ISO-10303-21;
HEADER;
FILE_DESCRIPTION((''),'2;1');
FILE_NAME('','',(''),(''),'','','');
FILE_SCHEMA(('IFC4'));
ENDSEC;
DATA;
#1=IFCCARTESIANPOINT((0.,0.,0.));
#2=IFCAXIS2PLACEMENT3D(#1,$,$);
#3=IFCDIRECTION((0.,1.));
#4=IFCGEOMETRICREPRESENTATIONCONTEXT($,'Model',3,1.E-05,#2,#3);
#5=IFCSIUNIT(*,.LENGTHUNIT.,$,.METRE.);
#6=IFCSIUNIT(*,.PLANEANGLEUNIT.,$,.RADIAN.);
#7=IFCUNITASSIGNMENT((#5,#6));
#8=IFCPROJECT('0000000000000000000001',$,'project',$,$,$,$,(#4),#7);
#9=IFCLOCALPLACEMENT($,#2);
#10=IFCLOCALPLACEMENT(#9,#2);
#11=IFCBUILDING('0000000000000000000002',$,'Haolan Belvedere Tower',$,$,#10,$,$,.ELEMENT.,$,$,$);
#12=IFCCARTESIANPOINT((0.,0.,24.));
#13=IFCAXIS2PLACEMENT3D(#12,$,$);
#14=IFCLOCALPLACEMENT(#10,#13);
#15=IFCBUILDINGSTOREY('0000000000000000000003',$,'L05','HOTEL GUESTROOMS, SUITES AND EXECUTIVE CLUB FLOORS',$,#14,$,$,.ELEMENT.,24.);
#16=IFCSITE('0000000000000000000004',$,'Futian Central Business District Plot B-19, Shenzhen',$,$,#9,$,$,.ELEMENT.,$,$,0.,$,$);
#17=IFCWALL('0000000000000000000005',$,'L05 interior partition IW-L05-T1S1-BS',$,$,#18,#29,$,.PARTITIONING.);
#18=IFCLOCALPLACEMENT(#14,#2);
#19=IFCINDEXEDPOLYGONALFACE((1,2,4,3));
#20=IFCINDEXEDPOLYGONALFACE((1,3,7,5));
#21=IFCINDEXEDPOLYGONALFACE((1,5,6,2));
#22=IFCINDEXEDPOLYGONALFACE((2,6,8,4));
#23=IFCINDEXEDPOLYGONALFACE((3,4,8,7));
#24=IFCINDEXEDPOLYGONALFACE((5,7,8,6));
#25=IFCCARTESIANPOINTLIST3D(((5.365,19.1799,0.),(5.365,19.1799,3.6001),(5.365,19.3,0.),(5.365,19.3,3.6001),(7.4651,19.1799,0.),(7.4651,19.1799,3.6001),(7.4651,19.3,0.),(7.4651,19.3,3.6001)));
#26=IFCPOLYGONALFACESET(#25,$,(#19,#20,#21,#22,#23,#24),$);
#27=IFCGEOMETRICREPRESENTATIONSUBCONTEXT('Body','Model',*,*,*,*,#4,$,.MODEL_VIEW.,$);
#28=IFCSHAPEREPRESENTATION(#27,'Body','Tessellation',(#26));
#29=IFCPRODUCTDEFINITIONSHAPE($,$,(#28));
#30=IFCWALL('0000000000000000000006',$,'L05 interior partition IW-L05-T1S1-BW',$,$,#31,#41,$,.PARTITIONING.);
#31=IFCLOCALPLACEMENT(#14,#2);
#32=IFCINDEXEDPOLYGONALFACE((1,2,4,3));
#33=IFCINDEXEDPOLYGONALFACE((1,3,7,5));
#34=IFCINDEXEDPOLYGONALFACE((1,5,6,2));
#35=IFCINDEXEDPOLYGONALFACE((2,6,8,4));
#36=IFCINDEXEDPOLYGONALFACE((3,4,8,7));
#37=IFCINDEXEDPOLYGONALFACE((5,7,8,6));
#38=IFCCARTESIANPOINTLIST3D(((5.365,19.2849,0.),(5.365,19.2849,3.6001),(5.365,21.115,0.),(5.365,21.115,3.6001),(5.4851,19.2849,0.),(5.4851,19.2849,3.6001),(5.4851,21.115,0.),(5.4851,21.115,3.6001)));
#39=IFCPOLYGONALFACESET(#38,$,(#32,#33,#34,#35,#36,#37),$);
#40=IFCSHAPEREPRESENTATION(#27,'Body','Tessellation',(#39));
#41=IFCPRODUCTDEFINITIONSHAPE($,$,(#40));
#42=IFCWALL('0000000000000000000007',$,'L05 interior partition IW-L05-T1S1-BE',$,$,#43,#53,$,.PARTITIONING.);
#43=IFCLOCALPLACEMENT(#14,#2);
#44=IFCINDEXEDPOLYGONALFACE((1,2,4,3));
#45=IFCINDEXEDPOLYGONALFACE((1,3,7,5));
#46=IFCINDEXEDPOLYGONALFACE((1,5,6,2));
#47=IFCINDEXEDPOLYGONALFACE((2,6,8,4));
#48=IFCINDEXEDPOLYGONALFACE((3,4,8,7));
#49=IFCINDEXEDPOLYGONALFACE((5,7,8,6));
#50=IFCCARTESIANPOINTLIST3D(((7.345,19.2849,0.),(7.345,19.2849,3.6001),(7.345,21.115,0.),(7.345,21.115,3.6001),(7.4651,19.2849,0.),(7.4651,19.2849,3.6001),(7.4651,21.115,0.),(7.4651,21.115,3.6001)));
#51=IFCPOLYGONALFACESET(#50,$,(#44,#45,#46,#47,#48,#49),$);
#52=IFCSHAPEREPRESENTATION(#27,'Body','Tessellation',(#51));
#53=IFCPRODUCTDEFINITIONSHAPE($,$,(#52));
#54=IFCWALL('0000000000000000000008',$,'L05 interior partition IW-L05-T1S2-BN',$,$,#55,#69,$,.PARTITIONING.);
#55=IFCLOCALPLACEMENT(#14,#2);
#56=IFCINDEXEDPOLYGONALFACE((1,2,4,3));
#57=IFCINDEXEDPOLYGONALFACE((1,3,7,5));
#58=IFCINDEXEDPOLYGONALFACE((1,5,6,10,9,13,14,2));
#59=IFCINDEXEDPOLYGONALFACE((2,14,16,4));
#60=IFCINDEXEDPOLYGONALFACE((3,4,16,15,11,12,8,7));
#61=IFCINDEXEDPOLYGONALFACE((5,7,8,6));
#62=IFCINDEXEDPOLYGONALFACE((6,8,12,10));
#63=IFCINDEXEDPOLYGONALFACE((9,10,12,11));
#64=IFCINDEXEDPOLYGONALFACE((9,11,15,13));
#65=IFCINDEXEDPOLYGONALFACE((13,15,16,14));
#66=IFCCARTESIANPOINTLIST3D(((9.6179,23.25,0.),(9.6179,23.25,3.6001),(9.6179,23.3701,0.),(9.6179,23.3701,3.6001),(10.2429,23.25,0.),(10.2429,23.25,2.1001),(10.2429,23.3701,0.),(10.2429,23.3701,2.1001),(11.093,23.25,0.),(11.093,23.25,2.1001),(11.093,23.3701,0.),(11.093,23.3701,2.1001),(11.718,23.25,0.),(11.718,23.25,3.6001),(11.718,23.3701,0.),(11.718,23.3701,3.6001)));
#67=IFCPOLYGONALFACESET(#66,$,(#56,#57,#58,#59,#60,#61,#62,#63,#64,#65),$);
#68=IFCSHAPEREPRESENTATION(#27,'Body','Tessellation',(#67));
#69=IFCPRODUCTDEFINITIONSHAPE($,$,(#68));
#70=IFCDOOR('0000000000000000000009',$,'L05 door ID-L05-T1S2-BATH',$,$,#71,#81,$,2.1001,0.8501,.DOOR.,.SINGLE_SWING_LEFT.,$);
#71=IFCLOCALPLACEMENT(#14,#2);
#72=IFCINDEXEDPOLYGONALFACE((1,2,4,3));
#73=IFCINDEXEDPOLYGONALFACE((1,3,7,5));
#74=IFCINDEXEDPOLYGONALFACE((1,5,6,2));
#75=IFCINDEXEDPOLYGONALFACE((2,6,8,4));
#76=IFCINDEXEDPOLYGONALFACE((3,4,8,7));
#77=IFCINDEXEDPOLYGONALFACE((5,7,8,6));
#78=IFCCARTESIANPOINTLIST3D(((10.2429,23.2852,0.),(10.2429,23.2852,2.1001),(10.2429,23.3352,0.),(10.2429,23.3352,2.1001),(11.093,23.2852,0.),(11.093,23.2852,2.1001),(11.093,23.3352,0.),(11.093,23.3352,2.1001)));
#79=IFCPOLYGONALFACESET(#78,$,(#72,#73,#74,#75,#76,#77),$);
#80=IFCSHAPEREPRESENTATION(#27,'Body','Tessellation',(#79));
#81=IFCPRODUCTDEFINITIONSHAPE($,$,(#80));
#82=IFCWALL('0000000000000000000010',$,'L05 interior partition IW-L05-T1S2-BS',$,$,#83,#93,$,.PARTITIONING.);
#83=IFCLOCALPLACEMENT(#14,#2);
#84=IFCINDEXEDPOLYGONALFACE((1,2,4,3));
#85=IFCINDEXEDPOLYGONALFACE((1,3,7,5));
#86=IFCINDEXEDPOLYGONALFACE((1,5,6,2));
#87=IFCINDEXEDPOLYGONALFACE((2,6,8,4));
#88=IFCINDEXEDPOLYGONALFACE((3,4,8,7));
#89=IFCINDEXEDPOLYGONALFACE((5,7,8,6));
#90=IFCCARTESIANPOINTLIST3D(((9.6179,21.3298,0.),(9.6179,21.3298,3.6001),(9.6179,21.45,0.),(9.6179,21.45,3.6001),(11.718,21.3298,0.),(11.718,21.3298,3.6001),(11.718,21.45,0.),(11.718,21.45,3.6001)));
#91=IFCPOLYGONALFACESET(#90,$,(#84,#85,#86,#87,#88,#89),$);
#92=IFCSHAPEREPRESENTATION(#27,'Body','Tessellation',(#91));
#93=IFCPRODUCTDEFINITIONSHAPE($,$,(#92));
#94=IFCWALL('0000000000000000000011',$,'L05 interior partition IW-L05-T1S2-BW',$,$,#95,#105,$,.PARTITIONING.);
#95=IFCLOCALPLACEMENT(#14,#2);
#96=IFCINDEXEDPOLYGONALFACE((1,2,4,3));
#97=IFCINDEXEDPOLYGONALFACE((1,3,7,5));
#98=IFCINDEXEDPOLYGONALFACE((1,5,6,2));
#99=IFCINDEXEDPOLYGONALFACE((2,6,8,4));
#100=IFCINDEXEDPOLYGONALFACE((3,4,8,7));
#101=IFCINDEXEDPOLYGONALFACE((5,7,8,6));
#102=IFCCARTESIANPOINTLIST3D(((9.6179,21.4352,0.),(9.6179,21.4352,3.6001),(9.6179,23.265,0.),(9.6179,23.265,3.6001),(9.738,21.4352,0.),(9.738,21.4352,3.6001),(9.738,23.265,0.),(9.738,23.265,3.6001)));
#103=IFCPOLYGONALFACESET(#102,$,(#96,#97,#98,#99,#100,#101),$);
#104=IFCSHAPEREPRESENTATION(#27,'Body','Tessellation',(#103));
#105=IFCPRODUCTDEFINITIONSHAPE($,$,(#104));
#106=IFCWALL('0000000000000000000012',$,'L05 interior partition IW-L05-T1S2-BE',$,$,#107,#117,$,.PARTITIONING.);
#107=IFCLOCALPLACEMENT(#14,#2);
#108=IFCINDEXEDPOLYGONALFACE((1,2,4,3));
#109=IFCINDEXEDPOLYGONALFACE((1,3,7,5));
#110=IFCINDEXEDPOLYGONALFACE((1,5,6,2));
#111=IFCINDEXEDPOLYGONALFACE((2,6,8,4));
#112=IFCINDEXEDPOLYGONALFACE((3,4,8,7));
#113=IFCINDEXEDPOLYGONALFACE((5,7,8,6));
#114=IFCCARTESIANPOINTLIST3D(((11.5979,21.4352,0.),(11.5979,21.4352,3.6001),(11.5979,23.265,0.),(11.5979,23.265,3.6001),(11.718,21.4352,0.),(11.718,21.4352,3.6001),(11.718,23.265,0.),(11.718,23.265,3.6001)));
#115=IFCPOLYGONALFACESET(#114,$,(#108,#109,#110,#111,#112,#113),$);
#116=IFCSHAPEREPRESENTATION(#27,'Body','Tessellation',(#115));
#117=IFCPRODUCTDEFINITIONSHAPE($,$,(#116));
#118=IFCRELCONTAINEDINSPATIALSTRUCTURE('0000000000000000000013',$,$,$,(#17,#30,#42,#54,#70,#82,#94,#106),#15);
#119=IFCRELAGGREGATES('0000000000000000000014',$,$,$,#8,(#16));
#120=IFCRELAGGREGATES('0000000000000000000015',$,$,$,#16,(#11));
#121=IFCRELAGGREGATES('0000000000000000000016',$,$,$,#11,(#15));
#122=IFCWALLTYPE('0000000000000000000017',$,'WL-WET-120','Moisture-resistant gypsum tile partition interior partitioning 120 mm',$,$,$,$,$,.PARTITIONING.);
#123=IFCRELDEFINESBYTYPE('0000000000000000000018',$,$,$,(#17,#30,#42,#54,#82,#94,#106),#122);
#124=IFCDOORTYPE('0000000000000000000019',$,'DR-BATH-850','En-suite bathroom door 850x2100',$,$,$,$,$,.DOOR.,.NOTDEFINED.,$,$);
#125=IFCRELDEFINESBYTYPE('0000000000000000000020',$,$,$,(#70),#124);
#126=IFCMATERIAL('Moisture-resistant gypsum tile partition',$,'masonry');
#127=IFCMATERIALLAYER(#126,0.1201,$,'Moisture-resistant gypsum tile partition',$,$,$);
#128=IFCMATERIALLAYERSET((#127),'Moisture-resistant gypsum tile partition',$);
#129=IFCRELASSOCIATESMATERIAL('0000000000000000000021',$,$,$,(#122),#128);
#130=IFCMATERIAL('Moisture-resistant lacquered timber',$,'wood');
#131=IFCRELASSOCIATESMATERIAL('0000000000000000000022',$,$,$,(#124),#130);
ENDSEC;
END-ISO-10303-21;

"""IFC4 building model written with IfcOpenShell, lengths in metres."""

from ifc_helpers import new_model, si_unit, direction, frame, frame_2d, origin, place, context, subcontext, project, spatial, rectangle, extrude, material, layer, layer_set, type_object, element, fill, save


model = new_model("IFC4")

# Units and contexts
model_context = context("Model", 3, precision=1e-05, world=origin(), true_north=direction((0.0, 1.0)))
body_context = subcontext(model_context, "Body", "Model", "MODEL_VIEW")
ifc_project = project(units=[si_unit("LENGTHUNIT", "METRE"), si_unit("PLANEANGLEUNIT", "RADIAN")], contexts=[model_context])

# Site, building, storey
site_placement = place(None, origin())
site = spatial("IfcSite", under=ifc_project, at=site_placement, Name="Futian Central Business District Plot B-19, Shenzhen", CompositionType="ELEMENT", RefElevation=0.0)
building_placement = place(site_placement, origin())
building = spatial("IfcBuilding", under=site, at=building_placement, Name="Haolan Belvedere Tower", CompositionType="ELEMENT")
storey_placement = place(building_placement, frame((0.0, 0.0, 24.0)))
storey = spatial("IfcBuildingStorey", under=building, at=storey_placement, Name="L05", Description="HOTEL GUESTROOMS, SUITES AND EXECUTIVE CLUB FLOORS", CompositionType="ELEMENT", Elevation=24.0)

# Shared definitions
ifc_material_1 = material(Name="Moisture-resistant gypsum tile partition", Category="masonry")
ifc_layer_1 = layer(ifc_material_1, 0.1201, Name="Moisture-resistant gypsum tile partition")
ifc_layer_set_1 = layer_set([ifc_layer_1], Name="Moisture-resistant gypsum tile partition")
wall_type_1 = type_object("IfcWallType", Name="WL-WET-120", Description="Moisture-resistant gypsum tile partition interior partitioning 120 mm", PredefinedType="PARTITIONING", material=ifc_layer_set_1)
ifc_material_2 = material(Name="Moisture-resistant lacquered timber", Category="wood")
door_type = type_object("IfcDoorType", Name="DR-BATH-850", Description="En-suite bathroom door 850x2100", OperationType="NOTDEFINED", PredefinedType="DOOR", material=ifc_material_2)

# Walls
wall_1_placement = place(storey_placement, frame((5.365, 19.24, 0.0), z_axis=(0.0, 0.0, 1.0), x_axis=(1.0, 0.0, 0.0)))
element("IfcWall", 1, at=wall_1_placement, inside=storey, type_object=wall_type_1, Name="L05 interior partition IW-L05-T1S1-BS", PredefinedType="PARTITIONING", context=body_context, shape_type="SweptSolid", body=[
    extrude(rectangle(XDim=2.1001, YDim=0.1201, at=frame_2d((1.05, 0.0))), origin(), (0.0, 0.0, 1.0), 3.6001),
])
for number, where, z_axis, x_axis, name in (
    (2, (5.425, 19.2849, 0.0), (0.0, 0.0, 1.0), (0.0, 1.0, 0.0), "L05 interior partition IW-L05-T1S1-BW"),
    (3, (7.405, 19.2849, 0.0), (0.0, 0.0, 1.0), (0.0, 1.0, 0.0), "L05 interior partition IW-L05-T1S1-BE"),
):
    element("IfcWall", number, at=place(storey_placement, frame(where, z_axis=z_axis, x_axis=x_axis)), inside=storey, type_object=wall_type_1, Name=name, PredefinedType="PARTITIONING", context=body_context, shape_type="SweptSolid", body=[
        extrude(rectangle(XDim=1.8301, YDim=0.1201, at=frame_2d((0.915, 0.0))), origin(), (0.0, 0.0, 1.0), 3.6001),
    ])

# Wall, opening, door
wall_2_placement = place(storey_placement, frame((9.6179, 23.3101, 0.0), z_axis=(0.0, 0.0, 1.0), x_axis=(1.0, 0.0, 0.0)))
wall_2 = element("IfcWall", 4, at=wall_2_placement, inside=storey, type_object=wall_type_1, Name="L05 interior partition IW-L05-T1S2-BN", PredefinedType="PARTITIONING", context=body_context, shape_type="SweptSolid", body=[
    extrude(rectangle(XDim=2.1001, YDim=0.1201, at=frame_2d((1.05, 0.0))), origin(), (0.0, 0.0, 1.0), 3.6001),
])
opening_1_placement = place(wall_2_placement, frame((1.4751, 0.0, 0.0), z_axis=(0.0, 0.0, 1.0), x_axis=(-1.0, 0.0, 0.0)))
opening_1 = element("IfcOpeningElement", 5, at=opening_1_placement, cuts=wall_2, PredefinedType="OPENING", context=body_context, shape_type="SweptSolid", body=[
    extrude(rectangle(XDim=0.8501, YDim=2.1001, at=frame_2d((0.425, 1.05))), frame((0.0, 0.0701, 0.0), z_axis=(0.0, -1.0, 0.0), x_axis=(1.0, 0.0, 0.0)), (0.0, 0.0, 1.0), 0.1401),
])
door_1_placement = place(opening_1_placement, origin())
door_1 = element("IfcDoor", 6, at=door_1_placement, inside=storey, type_object=door_type, Name="L05 door ID-L05-T1S2-BATH", OperationType="SINGLE_SWING_LEFT", OverallHeight=2.1001, OverallWidth=0.8501, PredefinedType="DOOR", context=body_context, shape_type="SweptSolid", body=[
    extrude(rectangle(XDim=0.8501, YDim=2.1001, at=frame_2d((0.425, 1.05))), frame((0.0, 0.0249, 0.0), z_axis=(0.0, -1.0, 0.0), x_axis=(1.0, 0.0, 0.0)), (0.0, 0.0, 1.0), 0.05),
])
fill(opening_1, door_1)

# Walls
wall_3_placement = place(storey_placement, frame((9.6179, 21.3899, 0.0), z_axis=(0.0, 0.0, 1.0), x_axis=(1.0, 0.0, 0.0)))
element("IfcWall", 7, at=wall_3_placement, inside=storey, type_object=wall_type_1, Name="L05 interior partition IW-L05-T1S2-BS", PredefinedType="PARTITIONING", context=body_context, shape_type="SweptSolid", body=[
    extrude(rectangle(XDim=2.1001, YDim=0.1201, at=frame_2d((1.05, 0.0))), origin(), (0.0, 0.0, 1.0), 3.6001),
])
for number, where, z_axis, x_axis, name in (
    (8, (9.678, 21.4351, 0.0), (0.0, 0.0, 1.0), (0.0, 1.0, 0.0), "L05 interior partition IW-L05-T1S2-BW"),
    (9, (11.658, 21.4351, 0.0), (0.0, 0.0, 1.0), (0.0, 1.0, 0.0), "L05 interior partition IW-L05-T1S2-BE"),
):
    element("IfcWall", number, at=place(storey_placement, frame(where, z_axis=z_axis, x_axis=x_axis)), inside=storey, type_object=wall_type_1, Name=name, PredefinedType="PARTITIONING", context=body_context, shape_type="SweptSolid", body=[
        extrude(rectangle(XDim=1.8298, YDim=0.1201, at=frame_2d((0.915, 0.0))), origin(), (0.0, 0.0, 1.0), 3.6001),
    ])

save(model, "model.ifc")
